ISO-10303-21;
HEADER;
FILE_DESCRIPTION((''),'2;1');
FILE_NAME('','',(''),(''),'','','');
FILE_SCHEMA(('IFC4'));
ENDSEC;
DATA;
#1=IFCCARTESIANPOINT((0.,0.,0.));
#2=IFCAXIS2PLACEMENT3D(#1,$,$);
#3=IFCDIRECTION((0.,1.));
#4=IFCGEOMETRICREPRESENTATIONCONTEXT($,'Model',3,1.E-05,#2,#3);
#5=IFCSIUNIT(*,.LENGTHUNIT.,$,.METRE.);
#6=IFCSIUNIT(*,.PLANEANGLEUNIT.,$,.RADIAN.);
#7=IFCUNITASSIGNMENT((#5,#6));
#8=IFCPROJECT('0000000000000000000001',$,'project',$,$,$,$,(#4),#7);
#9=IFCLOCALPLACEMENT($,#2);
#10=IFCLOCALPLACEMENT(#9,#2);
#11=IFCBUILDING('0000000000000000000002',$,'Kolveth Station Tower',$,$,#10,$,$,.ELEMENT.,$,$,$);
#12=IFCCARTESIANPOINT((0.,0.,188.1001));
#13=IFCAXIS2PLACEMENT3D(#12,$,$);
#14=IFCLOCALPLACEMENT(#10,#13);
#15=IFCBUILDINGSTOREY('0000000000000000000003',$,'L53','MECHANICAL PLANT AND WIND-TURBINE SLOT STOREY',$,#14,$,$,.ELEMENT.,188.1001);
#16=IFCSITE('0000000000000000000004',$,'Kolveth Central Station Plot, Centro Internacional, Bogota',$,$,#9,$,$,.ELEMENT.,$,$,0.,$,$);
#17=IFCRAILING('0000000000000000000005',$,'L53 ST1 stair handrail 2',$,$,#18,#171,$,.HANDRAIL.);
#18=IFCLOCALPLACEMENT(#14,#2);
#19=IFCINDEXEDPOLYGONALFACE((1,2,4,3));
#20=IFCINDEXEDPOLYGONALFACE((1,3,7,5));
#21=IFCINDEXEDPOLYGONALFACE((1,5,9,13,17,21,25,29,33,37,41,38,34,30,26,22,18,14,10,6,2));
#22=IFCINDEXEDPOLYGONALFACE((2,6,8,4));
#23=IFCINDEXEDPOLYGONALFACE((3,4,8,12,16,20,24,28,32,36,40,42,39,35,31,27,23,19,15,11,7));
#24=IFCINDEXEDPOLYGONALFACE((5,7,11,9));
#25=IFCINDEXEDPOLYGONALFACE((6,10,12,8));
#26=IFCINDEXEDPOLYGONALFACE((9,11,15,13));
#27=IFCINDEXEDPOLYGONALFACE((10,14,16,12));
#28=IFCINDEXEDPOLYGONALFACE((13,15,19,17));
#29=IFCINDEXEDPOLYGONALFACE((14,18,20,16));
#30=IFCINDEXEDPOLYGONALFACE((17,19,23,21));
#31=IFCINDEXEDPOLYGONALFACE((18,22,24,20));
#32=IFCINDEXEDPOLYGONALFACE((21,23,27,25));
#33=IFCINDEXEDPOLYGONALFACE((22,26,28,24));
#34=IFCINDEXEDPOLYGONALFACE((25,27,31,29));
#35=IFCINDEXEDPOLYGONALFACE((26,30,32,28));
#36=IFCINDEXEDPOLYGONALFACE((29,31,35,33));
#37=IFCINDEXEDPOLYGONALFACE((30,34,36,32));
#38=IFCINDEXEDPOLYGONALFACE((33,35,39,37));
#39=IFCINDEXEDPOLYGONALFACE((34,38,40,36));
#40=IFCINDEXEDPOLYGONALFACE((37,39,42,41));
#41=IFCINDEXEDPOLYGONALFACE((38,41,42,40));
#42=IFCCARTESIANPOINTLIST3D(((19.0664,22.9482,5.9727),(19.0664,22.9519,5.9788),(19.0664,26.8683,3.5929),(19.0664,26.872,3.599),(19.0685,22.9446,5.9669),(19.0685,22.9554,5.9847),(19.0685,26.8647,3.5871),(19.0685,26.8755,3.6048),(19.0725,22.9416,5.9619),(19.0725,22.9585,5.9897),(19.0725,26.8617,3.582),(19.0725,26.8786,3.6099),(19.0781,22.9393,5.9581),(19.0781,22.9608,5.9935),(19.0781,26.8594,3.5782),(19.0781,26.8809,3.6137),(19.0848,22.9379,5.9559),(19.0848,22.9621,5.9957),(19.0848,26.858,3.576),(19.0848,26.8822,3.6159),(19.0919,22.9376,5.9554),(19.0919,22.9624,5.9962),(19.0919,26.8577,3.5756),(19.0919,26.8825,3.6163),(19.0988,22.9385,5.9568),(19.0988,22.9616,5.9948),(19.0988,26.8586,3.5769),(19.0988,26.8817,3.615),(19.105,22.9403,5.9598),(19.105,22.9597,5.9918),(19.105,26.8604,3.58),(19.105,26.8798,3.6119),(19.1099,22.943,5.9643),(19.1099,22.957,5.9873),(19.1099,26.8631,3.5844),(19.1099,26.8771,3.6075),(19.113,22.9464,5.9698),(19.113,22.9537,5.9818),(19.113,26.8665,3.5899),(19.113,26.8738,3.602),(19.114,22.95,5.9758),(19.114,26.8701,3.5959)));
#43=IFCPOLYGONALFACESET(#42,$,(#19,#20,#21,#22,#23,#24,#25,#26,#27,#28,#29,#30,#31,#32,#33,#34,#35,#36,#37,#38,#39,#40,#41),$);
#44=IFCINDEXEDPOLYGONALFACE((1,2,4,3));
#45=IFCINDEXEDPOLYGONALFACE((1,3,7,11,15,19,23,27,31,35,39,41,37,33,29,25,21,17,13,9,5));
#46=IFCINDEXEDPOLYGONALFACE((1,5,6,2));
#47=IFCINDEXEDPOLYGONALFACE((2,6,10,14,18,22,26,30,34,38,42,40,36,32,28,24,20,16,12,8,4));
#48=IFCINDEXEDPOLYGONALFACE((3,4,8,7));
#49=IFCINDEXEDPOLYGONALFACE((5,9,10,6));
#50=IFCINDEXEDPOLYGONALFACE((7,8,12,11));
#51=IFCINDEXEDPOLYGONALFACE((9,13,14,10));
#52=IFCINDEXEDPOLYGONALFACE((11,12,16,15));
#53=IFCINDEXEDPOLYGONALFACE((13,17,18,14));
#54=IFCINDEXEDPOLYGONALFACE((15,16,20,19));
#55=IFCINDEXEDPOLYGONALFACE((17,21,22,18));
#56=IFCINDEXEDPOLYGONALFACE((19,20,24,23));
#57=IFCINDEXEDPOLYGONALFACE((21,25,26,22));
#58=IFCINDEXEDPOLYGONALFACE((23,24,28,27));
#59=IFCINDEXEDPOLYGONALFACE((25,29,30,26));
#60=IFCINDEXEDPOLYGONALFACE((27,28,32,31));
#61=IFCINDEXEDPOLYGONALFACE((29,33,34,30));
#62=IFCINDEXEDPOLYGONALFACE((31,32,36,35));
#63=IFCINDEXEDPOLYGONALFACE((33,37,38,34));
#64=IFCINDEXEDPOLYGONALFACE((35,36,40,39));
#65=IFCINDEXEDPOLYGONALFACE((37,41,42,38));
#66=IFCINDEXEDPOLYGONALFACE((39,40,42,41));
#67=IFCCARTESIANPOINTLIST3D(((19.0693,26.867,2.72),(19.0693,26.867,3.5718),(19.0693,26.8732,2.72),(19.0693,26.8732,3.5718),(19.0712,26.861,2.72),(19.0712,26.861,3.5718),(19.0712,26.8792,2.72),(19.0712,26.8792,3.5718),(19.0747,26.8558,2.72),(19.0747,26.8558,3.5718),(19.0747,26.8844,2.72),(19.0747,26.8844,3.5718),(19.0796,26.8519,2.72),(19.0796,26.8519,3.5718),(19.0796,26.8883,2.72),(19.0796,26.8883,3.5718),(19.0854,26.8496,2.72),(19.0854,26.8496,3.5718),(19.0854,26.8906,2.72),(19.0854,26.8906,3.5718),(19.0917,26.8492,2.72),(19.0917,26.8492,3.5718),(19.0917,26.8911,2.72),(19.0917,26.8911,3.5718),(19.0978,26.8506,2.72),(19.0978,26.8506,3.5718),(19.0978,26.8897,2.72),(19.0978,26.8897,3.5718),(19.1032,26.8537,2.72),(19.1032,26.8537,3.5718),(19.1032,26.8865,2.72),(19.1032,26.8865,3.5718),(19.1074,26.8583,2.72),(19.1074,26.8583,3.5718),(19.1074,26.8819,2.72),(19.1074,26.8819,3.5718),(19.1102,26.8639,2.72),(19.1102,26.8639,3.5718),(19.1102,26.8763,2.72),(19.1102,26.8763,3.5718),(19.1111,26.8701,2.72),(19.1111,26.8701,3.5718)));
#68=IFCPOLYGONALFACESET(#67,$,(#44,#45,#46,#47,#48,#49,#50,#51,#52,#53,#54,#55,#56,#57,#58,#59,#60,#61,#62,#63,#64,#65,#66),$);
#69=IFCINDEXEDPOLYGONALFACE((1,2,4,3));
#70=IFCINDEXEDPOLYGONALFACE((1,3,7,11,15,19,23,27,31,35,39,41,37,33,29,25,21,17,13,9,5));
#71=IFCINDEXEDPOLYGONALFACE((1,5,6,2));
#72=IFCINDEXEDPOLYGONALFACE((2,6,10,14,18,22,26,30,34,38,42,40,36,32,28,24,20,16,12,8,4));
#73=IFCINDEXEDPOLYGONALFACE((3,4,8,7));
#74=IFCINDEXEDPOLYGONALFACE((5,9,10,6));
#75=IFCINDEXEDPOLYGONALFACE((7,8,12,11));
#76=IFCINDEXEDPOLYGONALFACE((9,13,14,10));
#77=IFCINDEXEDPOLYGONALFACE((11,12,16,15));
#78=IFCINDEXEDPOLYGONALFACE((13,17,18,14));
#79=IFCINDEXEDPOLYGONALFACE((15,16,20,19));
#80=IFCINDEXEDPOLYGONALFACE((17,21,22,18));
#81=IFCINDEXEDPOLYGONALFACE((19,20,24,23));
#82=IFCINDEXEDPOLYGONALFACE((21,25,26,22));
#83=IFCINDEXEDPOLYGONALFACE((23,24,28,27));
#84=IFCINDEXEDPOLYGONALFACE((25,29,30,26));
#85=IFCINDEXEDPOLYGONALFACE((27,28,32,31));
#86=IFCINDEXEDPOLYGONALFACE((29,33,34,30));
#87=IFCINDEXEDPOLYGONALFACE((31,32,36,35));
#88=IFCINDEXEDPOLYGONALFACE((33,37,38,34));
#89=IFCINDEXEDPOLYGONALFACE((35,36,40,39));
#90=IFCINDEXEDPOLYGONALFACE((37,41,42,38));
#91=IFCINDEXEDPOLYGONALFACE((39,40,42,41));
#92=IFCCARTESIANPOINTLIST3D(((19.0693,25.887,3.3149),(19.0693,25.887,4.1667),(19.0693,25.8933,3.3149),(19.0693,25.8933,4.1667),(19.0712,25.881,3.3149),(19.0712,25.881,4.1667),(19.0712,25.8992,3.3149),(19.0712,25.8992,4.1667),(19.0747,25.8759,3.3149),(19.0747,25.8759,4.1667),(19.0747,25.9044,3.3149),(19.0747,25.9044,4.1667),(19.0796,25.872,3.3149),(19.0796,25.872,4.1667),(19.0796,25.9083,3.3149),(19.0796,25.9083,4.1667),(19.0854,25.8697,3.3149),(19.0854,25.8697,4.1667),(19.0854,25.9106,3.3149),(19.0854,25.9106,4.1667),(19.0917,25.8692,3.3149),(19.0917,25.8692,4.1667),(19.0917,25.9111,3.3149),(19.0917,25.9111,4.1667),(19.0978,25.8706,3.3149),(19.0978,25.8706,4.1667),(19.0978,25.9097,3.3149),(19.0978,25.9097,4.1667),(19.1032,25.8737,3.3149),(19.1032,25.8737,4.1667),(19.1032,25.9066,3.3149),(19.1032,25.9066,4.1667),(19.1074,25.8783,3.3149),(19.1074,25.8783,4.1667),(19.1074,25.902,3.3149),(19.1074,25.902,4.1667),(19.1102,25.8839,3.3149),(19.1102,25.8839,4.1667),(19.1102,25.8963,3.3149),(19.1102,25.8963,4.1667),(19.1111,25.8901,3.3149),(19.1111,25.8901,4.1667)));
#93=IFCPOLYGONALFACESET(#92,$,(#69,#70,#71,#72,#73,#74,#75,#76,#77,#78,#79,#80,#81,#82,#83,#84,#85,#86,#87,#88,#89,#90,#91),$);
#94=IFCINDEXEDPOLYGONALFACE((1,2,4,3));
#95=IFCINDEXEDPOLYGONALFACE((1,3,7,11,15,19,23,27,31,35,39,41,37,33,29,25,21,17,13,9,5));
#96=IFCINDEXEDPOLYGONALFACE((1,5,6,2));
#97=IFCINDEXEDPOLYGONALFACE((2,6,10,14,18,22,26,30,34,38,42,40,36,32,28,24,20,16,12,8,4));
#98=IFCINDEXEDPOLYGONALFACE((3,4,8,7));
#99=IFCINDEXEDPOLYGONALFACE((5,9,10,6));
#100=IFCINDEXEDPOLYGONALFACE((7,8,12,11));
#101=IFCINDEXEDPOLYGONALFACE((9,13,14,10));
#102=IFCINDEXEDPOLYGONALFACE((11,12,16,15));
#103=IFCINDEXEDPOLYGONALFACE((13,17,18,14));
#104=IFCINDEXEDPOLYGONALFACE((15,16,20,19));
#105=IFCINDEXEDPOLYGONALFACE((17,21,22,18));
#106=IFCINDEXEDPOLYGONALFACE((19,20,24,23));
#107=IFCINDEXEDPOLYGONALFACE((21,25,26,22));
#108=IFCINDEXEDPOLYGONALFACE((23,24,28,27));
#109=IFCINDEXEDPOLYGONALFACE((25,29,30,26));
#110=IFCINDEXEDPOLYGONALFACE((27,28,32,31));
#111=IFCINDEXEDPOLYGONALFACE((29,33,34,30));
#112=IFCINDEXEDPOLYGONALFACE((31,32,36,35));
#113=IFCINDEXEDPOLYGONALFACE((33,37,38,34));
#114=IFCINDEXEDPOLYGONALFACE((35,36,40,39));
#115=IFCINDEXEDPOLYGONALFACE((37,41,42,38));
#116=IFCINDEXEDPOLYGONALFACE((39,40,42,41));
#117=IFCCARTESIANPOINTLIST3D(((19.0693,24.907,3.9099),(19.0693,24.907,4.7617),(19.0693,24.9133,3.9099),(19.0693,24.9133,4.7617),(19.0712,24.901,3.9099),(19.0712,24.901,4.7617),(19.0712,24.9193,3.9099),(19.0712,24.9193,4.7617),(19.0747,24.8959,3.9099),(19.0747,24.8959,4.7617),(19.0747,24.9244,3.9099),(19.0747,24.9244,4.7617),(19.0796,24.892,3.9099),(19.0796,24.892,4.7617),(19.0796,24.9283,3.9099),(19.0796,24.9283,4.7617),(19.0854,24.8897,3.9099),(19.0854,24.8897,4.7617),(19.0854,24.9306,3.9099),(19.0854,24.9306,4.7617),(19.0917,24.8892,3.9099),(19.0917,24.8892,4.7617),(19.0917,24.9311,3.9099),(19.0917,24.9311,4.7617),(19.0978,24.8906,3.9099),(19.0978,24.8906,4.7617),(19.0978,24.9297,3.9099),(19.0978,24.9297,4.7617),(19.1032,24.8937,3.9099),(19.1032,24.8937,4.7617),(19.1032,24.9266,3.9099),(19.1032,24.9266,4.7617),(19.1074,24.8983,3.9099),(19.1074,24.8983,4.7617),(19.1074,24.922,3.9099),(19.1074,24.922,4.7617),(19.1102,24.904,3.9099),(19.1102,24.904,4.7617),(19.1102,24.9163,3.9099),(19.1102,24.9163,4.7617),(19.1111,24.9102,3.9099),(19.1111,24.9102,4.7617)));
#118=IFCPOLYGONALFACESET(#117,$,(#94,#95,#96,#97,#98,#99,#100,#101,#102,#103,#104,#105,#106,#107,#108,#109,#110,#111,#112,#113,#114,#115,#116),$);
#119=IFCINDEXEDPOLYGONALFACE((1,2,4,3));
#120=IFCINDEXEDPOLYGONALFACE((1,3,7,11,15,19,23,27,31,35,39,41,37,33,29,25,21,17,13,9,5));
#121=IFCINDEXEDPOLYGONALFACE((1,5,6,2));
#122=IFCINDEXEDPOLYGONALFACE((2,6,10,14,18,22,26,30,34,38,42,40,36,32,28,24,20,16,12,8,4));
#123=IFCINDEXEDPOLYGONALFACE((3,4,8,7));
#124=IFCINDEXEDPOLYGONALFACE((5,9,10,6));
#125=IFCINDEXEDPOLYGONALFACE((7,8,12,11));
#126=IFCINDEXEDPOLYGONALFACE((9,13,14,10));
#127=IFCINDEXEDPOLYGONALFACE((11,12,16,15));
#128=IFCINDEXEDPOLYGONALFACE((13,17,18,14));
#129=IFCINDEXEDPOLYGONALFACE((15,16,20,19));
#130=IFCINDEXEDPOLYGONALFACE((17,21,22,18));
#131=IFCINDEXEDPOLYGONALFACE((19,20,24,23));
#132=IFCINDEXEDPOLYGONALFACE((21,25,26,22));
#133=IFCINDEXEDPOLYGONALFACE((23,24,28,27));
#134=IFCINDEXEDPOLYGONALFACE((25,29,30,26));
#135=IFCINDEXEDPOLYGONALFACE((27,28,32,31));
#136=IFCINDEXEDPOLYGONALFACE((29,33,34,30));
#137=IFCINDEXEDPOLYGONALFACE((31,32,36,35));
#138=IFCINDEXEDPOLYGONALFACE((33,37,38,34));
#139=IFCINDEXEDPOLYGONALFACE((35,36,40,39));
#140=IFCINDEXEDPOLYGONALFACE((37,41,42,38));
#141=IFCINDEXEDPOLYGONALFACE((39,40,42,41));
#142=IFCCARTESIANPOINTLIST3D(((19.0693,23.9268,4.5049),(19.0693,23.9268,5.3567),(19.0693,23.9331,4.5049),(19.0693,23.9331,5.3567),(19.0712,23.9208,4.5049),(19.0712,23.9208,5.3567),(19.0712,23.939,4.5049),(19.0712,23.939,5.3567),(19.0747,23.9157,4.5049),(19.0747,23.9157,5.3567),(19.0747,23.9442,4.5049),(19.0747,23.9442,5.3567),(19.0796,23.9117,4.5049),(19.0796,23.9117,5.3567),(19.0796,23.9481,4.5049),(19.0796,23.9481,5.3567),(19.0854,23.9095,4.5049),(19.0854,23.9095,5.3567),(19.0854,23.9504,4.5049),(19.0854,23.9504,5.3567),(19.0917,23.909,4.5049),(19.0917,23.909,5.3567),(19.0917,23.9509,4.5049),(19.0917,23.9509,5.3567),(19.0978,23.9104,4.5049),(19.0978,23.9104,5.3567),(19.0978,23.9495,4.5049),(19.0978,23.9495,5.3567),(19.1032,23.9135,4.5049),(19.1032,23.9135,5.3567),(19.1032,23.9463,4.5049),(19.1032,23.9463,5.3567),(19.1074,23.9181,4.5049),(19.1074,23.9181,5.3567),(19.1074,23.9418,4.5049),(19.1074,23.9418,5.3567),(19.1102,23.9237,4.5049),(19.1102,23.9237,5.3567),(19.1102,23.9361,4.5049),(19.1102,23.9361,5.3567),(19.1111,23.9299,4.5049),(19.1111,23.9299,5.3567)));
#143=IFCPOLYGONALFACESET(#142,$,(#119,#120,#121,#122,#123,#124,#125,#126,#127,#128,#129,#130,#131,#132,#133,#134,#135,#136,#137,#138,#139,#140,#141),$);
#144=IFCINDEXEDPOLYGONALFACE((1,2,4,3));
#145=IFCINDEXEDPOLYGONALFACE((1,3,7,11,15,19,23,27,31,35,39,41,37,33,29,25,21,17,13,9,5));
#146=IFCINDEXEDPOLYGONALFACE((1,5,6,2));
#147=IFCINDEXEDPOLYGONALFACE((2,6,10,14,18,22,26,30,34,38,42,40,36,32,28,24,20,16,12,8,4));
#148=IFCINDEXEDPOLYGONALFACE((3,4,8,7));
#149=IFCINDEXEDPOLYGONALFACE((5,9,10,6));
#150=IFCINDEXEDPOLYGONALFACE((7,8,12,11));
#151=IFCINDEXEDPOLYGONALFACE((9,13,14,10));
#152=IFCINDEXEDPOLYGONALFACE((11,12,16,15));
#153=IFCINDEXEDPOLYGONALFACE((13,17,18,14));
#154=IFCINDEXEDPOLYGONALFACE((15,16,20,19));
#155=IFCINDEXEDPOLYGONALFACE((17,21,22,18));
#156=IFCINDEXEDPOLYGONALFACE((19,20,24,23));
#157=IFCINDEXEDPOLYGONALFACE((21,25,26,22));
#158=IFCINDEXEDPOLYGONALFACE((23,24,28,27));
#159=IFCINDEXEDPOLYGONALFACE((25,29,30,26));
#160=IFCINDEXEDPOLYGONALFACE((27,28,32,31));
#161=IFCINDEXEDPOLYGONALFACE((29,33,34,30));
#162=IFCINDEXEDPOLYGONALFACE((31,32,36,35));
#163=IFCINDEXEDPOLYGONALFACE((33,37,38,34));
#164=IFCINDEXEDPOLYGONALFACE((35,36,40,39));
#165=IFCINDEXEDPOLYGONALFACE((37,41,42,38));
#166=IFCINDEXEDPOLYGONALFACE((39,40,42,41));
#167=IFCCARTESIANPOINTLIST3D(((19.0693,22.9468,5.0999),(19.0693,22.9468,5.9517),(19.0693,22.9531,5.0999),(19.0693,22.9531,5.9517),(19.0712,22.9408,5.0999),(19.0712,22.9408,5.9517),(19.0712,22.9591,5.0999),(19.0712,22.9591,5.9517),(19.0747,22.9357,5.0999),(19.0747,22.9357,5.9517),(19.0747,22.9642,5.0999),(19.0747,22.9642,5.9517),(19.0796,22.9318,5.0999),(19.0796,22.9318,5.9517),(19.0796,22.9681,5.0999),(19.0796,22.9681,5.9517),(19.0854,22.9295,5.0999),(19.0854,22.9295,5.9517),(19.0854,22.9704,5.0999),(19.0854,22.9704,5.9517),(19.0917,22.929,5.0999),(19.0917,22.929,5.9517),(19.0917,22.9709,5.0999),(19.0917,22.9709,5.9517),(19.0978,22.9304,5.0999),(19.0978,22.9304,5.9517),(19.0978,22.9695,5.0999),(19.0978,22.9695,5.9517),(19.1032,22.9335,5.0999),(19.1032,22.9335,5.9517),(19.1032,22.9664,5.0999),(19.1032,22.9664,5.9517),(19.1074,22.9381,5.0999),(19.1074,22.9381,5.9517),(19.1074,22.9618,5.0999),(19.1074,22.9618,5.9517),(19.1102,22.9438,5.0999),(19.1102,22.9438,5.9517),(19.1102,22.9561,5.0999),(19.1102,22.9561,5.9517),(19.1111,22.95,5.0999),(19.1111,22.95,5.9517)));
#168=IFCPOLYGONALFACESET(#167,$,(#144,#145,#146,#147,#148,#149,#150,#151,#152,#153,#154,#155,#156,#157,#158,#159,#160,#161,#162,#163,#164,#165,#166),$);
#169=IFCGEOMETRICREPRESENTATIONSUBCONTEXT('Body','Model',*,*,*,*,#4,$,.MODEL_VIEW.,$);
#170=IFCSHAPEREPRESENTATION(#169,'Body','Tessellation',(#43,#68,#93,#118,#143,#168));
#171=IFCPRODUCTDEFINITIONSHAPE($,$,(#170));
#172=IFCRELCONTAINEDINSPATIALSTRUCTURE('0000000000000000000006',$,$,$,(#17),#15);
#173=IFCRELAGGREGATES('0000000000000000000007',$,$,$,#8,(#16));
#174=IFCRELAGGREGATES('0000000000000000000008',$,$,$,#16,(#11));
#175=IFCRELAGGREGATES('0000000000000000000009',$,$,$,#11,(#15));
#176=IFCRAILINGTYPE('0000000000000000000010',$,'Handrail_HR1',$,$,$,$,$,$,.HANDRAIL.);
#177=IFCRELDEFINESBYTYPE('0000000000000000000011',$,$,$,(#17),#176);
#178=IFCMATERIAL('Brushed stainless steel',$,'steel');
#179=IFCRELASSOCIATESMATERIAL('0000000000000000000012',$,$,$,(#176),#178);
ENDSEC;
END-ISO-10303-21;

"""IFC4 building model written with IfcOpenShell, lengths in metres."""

from ifc_helpers import new_model, si_unit, direction, frame, origin, origin_2d, place, context, subcontext, project, spatial, circle, extrude, material, type_object, element, save


model = new_model("IFC4")

# Units and contexts
model_context = context("Model", 3, precision=1e-05, world=origin(), true_north=direction((0.0, 1.0)))
body_context = subcontext(model_context, "Body", "Model", "MODEL_VIEW")
ifc_project = project(units=[si_unit("LENGTHUNIT", "METRE"), si_unit("PLANEANGLEUNIT", "RADIAN")], contexts=[model_context])

# Site, building, storey
site_placement = place(None, origin())
site = spatial("IfcSite", under=ifc_project, at=site_placement, Name="Kolveth Central Station Plot, Centro Internacional, Bogota", CompositionType="ELEMENT", RefElevation=0.0)
building_placement = place(site_placement, origin())
building = spatial("IfcBuilding", under=site, at=building_placement, Name="Kolveth Station Tower", CompositionType="ELEMENT")
storey_placement = place(building_placement, frame((0.0, 0.0, 188.1001)))
storey = spatial("IfcBuildingStorey", under=building, at=storey_placement, Name="L53", Description="MECHANICAL PLANT AND WIND-TURBINE SLOT STOREY", CompositionType="ELEMENT", Elevation=188.1001)

# Railing
ifc_material_1 = material(Name="Brushed stainless steel", Category="steel")
railing_type_1 = type_object("IfcRailingType", Name="Handrail_HR1", PredefinedType="HANDRAIL", material=ifc_material_1)
railing_1_placement = place(storey_placement, frame((19.0901, 26.8701, 2.72)))
element("IfcRailing", 1, at=railing_1_placement, inside=storey, type_object=railing_type_1, Name="L53 ST1 stair handrail 2", PredefinedType="HANDRAIL", context=body_context, shape_type="SweptSolid", body=[
    extrude(circle(Radius=0.0239, at=origin_2d()), frame((0.0, 0.0, 0.876), z_axis=(0.0, -0.854809, 0.518943), x_axis=(1.0, 0.0, 0.0)), (0.0, 0.0, 1.0), 4.5859),
    extrude(circle(Radius=0.021, at=origin_2d()), origin(), (0.0, 0.0, 1.0), 0.8518),
    extrude(circle(Radius=0.021, at=origin_2d()), frame((0.0, -0.98, 0.595)), (0.0, 0.0, 1.0), 0.8518),
    extrude(circle(Radius=0.021, at=origin_2d()), frame((0.0, -1.96, 1.1899)), (0.0, 0.0, 1.0), 0.8518),
    extrude(circle(Radius=0.021, at=origin_2d()), frame((0.0, -2.9402, 1.7849)), (0.0, 0.0, 1.0), 0.8518),
    extrude(circle(Radius=0.021, at=origin_2d()), frame((0.0, -3.9202, 2.3799)), (0.0, 0.0, 1.0), 0.8518),
])

save(model, "model.ifc")
